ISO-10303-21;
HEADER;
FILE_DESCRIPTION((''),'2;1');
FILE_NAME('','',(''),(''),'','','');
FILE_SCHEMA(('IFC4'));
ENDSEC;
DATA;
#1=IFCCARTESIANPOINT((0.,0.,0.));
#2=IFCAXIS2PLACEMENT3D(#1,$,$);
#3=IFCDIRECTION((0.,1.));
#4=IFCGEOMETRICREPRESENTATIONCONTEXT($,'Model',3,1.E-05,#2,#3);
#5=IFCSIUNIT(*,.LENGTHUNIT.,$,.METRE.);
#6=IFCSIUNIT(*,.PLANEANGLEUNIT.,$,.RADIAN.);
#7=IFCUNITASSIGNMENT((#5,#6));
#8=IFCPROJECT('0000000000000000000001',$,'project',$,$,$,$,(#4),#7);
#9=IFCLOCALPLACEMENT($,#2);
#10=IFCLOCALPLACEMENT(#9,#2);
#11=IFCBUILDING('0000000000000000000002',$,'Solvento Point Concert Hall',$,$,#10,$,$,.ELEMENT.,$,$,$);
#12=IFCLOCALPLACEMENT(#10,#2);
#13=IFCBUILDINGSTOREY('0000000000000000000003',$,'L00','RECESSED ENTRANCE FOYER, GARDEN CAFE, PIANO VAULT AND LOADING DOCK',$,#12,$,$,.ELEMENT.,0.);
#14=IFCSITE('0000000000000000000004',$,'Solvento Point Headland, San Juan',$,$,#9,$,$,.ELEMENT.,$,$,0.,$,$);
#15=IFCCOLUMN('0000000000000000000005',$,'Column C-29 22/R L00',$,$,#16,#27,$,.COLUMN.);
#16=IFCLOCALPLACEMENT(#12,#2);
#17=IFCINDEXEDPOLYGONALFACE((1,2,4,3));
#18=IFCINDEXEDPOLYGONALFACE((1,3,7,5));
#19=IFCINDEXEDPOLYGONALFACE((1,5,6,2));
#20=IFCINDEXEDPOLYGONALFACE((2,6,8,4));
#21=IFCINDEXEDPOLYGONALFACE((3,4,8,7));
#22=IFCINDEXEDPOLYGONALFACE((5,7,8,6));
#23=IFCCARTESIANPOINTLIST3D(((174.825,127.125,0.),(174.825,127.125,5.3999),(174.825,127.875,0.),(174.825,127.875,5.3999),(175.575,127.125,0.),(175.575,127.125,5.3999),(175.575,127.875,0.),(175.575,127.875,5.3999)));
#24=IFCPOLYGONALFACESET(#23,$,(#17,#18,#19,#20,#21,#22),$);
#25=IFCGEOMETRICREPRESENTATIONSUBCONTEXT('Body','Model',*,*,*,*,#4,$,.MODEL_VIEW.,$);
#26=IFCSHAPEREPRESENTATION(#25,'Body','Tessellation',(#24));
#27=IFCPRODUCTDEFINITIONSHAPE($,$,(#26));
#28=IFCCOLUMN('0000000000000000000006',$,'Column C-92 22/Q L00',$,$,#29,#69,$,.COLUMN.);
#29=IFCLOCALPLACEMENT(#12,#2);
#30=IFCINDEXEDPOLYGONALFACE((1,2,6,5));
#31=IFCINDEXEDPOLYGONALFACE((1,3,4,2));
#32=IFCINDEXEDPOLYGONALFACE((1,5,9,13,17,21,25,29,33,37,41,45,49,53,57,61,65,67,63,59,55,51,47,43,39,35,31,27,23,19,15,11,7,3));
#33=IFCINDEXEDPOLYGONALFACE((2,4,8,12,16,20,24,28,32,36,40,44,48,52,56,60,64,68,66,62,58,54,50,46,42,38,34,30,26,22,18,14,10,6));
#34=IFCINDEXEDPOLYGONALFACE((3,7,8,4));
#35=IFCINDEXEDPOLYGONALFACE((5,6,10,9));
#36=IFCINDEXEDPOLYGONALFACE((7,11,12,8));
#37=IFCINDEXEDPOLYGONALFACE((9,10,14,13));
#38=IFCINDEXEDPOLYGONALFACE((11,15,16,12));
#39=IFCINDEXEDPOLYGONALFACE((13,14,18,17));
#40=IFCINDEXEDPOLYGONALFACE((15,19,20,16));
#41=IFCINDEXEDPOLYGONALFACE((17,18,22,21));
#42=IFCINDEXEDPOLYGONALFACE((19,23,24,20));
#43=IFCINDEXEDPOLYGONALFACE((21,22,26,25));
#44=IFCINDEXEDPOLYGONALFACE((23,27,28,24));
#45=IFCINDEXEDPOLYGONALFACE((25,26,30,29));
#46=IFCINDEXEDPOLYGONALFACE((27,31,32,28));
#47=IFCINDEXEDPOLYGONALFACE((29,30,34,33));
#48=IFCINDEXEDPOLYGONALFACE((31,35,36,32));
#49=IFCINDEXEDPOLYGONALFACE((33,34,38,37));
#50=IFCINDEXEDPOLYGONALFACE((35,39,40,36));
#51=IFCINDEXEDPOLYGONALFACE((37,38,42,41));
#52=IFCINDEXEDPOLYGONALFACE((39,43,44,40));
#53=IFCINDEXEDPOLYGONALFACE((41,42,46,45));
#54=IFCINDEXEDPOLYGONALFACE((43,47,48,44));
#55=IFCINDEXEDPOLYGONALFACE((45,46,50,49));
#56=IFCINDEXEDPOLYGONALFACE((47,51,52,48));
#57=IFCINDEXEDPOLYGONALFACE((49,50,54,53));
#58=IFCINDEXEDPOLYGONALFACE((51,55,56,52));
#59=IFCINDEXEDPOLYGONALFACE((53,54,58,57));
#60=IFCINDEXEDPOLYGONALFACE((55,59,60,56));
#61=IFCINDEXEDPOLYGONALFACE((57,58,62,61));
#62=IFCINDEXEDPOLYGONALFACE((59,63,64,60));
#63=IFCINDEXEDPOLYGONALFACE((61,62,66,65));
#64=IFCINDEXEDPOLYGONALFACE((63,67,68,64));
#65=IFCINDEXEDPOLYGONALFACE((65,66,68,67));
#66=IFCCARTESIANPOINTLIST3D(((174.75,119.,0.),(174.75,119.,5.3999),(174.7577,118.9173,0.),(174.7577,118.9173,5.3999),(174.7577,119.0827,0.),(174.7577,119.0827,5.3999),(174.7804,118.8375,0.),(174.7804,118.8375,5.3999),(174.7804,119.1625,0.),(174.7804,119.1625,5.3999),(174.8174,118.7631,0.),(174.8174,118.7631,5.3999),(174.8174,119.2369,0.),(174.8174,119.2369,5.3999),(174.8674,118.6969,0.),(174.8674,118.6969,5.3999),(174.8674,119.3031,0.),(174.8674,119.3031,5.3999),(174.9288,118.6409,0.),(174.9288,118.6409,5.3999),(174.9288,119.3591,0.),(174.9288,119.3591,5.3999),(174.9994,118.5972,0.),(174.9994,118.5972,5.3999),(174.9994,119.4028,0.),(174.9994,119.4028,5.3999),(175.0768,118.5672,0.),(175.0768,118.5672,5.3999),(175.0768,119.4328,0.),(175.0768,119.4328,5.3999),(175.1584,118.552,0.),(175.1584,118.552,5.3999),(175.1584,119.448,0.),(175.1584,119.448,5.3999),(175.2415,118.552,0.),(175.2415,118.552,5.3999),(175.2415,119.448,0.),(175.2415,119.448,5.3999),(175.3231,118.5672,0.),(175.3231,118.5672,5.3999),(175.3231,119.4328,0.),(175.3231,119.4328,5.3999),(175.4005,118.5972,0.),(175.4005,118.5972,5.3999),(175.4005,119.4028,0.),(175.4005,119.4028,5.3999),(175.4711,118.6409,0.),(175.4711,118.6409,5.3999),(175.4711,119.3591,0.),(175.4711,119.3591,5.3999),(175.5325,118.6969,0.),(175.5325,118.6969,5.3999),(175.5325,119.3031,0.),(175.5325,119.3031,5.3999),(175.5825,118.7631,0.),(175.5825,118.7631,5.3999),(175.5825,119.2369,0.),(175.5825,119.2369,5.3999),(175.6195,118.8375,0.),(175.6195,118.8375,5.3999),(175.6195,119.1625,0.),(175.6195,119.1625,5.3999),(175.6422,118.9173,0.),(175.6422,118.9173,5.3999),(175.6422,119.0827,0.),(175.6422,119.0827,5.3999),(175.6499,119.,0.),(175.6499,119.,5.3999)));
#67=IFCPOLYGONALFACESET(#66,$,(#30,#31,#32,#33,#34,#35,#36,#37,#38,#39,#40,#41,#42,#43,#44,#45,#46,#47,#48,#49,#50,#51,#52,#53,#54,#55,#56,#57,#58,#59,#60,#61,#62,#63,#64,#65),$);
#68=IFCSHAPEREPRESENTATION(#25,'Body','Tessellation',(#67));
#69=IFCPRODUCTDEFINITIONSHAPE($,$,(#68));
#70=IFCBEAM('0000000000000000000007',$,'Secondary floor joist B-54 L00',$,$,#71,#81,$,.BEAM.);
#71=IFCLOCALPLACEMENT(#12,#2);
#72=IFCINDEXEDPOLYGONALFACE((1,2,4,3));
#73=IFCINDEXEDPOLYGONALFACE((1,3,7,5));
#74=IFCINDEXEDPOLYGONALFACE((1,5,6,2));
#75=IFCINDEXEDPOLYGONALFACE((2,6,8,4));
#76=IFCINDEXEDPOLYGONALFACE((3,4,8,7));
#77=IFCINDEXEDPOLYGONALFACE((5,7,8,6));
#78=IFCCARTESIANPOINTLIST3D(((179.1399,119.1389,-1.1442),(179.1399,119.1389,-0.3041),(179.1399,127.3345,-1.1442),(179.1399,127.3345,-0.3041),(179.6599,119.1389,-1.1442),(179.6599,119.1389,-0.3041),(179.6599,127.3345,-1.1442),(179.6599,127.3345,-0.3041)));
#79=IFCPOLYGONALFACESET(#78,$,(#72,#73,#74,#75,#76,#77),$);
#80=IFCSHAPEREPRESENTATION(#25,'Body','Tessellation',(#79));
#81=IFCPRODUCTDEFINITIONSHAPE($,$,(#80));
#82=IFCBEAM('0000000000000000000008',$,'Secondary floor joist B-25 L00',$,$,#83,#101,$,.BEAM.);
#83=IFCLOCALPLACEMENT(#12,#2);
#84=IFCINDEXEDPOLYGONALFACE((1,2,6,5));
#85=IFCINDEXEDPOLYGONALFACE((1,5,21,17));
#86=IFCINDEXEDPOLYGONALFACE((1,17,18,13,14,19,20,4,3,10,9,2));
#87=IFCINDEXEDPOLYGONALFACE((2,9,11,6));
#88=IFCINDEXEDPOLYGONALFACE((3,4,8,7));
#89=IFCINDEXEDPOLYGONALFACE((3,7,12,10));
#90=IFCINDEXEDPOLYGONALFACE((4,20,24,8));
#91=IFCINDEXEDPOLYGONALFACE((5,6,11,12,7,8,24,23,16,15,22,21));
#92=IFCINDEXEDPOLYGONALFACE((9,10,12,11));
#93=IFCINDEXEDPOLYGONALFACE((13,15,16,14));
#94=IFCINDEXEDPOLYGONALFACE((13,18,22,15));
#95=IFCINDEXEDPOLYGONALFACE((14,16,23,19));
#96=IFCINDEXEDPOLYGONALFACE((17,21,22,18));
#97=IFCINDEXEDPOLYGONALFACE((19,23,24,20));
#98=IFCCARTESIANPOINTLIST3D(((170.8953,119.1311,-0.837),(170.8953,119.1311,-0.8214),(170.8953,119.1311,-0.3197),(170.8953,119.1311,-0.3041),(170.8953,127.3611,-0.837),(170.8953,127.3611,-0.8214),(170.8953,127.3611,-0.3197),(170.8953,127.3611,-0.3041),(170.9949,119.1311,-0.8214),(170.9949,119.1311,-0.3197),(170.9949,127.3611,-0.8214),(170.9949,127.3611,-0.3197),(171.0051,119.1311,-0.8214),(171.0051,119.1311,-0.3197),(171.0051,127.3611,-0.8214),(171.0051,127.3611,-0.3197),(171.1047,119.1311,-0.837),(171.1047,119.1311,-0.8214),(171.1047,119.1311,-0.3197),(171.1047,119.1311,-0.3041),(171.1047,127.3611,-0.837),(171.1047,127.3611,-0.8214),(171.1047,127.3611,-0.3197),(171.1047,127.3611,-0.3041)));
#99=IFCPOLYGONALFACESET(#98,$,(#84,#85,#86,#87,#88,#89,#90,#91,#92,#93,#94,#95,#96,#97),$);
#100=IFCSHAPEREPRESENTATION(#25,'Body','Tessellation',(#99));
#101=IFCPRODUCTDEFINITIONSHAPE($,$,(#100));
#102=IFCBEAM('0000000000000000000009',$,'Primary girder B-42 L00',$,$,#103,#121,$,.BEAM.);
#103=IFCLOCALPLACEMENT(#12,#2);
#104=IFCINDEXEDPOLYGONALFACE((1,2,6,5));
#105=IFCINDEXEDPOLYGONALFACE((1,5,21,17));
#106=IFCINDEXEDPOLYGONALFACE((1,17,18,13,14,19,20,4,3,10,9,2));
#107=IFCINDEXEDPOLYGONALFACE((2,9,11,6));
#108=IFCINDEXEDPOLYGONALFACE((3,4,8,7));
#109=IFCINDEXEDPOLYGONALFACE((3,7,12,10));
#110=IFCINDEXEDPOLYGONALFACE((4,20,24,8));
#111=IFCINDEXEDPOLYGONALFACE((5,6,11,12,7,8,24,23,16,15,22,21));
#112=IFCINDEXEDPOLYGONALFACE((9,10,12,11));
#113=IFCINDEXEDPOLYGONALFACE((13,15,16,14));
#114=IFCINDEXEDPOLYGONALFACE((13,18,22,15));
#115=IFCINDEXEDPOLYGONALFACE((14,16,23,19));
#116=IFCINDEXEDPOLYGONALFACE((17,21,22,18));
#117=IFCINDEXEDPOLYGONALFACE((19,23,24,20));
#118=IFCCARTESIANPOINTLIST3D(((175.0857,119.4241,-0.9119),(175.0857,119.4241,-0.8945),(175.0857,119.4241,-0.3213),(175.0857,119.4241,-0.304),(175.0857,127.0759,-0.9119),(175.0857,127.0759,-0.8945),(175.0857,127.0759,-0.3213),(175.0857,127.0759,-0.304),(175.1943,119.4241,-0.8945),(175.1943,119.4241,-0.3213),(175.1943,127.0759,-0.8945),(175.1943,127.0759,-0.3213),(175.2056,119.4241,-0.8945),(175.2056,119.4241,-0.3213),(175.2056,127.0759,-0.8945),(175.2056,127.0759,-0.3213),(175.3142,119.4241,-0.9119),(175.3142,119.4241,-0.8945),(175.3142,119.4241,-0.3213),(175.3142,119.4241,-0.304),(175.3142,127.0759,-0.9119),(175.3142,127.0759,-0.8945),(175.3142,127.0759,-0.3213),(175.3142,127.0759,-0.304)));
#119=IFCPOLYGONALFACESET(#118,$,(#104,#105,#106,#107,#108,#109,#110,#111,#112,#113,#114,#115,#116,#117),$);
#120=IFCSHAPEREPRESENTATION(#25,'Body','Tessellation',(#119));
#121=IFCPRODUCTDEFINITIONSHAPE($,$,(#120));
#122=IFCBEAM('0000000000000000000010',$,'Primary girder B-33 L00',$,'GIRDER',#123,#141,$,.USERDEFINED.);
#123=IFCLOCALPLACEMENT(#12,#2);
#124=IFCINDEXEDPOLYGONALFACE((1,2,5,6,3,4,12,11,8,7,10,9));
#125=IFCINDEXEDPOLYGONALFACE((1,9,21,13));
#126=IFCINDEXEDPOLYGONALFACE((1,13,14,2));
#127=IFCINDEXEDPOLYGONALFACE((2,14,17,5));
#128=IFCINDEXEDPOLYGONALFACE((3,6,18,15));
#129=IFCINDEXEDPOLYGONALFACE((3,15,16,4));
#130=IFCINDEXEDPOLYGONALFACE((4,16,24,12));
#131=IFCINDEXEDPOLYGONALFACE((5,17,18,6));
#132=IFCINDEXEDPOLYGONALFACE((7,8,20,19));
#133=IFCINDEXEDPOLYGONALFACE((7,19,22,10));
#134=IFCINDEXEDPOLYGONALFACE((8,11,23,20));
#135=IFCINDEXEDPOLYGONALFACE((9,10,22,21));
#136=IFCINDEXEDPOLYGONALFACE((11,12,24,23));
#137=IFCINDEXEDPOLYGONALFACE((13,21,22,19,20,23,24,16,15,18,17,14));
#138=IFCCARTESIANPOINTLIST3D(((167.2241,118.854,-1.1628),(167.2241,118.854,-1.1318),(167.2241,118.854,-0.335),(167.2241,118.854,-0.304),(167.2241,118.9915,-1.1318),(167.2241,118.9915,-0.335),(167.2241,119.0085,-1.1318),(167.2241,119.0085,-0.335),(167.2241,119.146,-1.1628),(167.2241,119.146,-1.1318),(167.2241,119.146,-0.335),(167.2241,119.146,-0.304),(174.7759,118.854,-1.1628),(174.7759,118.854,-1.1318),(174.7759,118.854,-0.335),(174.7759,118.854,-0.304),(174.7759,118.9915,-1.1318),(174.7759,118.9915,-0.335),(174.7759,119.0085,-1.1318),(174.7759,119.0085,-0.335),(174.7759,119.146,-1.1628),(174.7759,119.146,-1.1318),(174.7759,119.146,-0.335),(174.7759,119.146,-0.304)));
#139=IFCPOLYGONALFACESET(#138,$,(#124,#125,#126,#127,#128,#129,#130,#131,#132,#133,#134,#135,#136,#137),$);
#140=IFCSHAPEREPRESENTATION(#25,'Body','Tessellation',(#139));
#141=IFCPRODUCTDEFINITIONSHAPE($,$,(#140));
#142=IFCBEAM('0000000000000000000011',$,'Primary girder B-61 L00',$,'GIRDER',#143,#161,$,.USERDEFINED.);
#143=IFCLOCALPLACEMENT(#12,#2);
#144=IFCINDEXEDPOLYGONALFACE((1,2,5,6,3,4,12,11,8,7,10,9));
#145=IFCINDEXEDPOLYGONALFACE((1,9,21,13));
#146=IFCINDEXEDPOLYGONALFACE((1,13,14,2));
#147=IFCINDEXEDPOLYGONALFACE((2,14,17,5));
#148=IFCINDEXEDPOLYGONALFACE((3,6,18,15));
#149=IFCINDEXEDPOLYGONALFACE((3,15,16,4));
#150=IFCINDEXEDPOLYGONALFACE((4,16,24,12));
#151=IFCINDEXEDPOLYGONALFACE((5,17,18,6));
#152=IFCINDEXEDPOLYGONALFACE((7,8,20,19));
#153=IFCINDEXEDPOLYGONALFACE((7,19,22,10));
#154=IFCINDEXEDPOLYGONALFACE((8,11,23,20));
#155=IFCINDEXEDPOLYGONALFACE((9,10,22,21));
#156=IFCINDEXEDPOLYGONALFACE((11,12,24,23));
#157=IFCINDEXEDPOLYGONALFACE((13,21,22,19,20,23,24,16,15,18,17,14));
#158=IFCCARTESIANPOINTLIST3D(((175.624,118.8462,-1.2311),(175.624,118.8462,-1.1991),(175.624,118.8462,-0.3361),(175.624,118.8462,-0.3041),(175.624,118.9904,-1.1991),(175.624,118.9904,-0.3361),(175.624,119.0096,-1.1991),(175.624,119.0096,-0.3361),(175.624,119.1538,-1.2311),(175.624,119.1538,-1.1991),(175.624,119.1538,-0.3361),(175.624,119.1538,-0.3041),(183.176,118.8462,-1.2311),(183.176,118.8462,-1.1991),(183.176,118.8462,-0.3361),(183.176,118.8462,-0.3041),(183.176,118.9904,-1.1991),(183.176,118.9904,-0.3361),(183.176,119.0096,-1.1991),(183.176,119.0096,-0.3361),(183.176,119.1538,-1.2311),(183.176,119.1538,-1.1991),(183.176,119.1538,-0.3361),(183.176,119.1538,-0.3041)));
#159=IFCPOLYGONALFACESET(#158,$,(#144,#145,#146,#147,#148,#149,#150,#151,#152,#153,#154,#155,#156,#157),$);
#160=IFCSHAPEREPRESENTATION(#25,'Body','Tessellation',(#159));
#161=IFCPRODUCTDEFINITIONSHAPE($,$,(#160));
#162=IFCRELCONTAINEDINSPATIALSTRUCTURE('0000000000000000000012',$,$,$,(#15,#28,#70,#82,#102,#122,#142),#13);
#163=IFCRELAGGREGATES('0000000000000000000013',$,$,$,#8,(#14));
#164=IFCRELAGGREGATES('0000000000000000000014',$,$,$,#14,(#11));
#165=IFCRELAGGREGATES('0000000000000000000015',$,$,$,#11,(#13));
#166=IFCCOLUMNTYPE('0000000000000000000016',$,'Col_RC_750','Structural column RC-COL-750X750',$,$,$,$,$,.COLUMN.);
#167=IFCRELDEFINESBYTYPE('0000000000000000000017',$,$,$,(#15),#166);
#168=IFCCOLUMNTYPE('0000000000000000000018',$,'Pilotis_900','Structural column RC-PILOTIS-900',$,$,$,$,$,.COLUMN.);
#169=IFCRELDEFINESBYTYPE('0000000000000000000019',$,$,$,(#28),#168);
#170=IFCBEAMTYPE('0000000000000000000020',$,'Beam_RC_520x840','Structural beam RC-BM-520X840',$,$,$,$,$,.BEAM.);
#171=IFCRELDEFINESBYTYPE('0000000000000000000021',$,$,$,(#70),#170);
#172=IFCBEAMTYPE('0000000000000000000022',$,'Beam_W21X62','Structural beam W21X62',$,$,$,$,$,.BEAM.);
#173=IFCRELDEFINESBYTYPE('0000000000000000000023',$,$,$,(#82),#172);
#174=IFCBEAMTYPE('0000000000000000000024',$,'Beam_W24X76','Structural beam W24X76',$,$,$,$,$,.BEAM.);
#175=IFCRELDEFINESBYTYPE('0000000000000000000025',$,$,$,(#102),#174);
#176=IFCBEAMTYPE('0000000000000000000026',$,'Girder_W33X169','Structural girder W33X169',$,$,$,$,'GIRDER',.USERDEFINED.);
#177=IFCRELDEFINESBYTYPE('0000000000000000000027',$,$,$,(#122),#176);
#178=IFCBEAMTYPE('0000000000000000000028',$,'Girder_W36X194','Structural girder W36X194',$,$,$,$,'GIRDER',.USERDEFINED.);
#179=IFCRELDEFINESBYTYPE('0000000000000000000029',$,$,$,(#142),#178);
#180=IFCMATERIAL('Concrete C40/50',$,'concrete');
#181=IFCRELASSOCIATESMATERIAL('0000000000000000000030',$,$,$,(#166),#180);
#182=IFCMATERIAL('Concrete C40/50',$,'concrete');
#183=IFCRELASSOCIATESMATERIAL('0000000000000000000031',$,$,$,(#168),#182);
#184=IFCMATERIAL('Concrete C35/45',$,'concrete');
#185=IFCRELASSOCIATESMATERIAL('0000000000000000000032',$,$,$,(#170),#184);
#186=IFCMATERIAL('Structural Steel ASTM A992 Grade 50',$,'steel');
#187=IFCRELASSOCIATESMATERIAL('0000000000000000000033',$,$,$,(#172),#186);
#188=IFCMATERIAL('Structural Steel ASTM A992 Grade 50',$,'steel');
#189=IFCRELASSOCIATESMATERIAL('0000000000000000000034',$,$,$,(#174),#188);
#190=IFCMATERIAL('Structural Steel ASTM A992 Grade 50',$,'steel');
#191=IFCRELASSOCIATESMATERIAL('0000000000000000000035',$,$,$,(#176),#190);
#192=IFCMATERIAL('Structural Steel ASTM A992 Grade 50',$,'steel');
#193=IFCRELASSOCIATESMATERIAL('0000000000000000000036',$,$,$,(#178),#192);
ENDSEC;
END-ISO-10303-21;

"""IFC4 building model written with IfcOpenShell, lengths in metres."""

from ifc_helpers import new_model, si_unit, direction, frame, origin, origin_2d, place, context, subcontext, project, spatial, rectangle, circle, i_section, extrude, material, material_profile, profile_set, type_object, element, save


model = new_model("IFC4")

# Units and contexts
model_context = context("Model", 3, precision=1e-05, world=origin(), true_north=direction((0.0, 1.0)))
body_context = subcontext(model_context, "Body", "Model", "MODEL_VIEW")
ifc_project = project(units=[si_unit("LENGTHUNIT", "METRE"), si_unit("PLANEANGLEUNIT", "RADIAN")], contexts=[model_context])

# Site, building, storey
site_placement = place(None, origin())
site = spatial("IfcSite", under=ifc_project, at=site_placement, Name="Solvento Point Headland, San Juan", CompositionType="ELEMENT", RefElevation=0.0)
building_placement = place(site_placement, origin())
building = spatial("IfcBuilding", under=site, at=building_placement, Name="Solvento Point Concert Hall", CompositionType="ELEMENT")
storey_placement = place(building_placement, origin())
storey = spatial("IfcBuildingStorey", under=building, at=storey_placement, Name="L00", Description="RECESSED ENTRANCE FOYER, GARDEN CAFE, PIANO VAULT AND LOADING DOCK", CompositionType="ELEMENT", Elevation=0.0)

# Columns
ifc_material_1 = material(Name="Concrete C40/50", Category="concrete")
ifc_material_profile_1 = material_profile(ifc_material_1, rectangle(XDim=0.75, YDim=0.75, at=origin_2d()), Name="RC-COL-750X750")
ifc_profile_set_1 = profile_set([ifc_material_profile_1], Name="Concrete C40/50")
column_type_1 = type_object("IfcColumnType", Name="Col_RC_750", Description="Structural column RC-COL-750X750", PredefinedType="COLUMN", material=ifc_profile_set_1)
column_1_placement = place(storey_placement, frame((175.2, 127.5, 0.0), z_axis=(0.0, 0.0, 1.0), x_axis=(1.0, 0.0, 0.0)))
element("IfcColumn", 1, at=column_1_placement, inside=storey, type_object=column_type_1, Name="Column C-29 22/R L00", PredefinedType="COLUMN", context=body_context, shape_type="SweptSolid", body=[
    extrude(rectangle(XDim=0.75, YDim=0.75, at=origin_2d()), origin(), (0.0, 0.0, 1.0), 5.3999),
])
ifc_material_2 = material(Name="Concrete C40/50", Category="concrete")
ifc_material_profile_2 = material_profile(ifc_material_2, circle(Radius=0.45, at=origin_2d()), Name="RC-PILOTIS-900")
ifc_profile_set_2 = profile_set([ifc_material_profile_2], Name="Concrete C40/50")
column_type_2 = type_object("IfcColumnType", Name="Pilotis_900", Description="Structural column RC-PILOTIS-900", PredefinedType="COLUMN", material=ifc_profile_set_2)
column_2_placement = place(storey_placement, frame((175.2, 119.0, 0.0), z_axis=(0.0, 0.0, 1.0), x_axis=(1.0, 0.0, 0.0)))
element("IfcColumn", 2, at=column_2_placement, inside=storey, type_object=column_type_2, Name="Column C-92 22/Q L00", PredefinedType="COLUMN", context=body_context, shape_type="SweptSolid", body=[
    extrude(circle(Radius=0.45, at=origin_2d()), origin(), (0.0, 0.0, 1.0), 5.3999),
])

# Beams
ifc_material_3 = material(Name="Concrete C35/45", Category="concrete")
ifc_material_profile_3 = material_profile(ifc_material_3, rectangle(XDim=0.52, YDim=0.8401, at=origin_2d()), Name="RC-BM-520X840")
ifc_profile_set_3 = profile_set([ifc_material_profile_3], Name="Concrete C35/45")
beam_type_1 = type_object("IfcBeamType", Name="Beam_RC_520x840", Description="Structural beam RC-BM-520X840", PredefinedType="BEAM", material=ifc_profile_set_3)
beam_1_placement = place(storey_placement, frame((179.3999, 119.1389, -0.7241), z_axis=(0.0, 1.0, 0.0), x_axis=(-1.0, 0.0, 0.0)))
element("IfcBeam", 3, at=beam_1_placement, inside=storey, type_object=beam_type_1, Name="Secondary floor joist B-54 L00", PredefinedType="BEAM", context=body_context, shape_type="SweptSolid", body=[
    extrude(rectangle(XDim=0.52, YDim=0.8401, at=origin_2d()), origin(), (0.0, 0.0, 1.0), 8.1956),
])
ifc_material_4 = material(Name="Structural Steel ASTM A992 Grade 50", Category="steel")
ifc_material_profile_4 = material_profile(ifc_material_4, i_section(OverallWidth=0.2095, OverallDepth=0.533, WebThickness=0.0103, FlangeThickness=0.0156, at=origin_2d()), Name="W21X62")
ifc_profile_set_4 = profile_set([ifc_material_profile_4], Name="Structural Steel ASTM A992 Grade 50")
beam_type_2 = type_object("IfcBeamType", Name="Beam_W21X62", Description="Structural beam W21X62", PredefinedType="BEAM", material=ifc_profile_set_4)
beam_2_placement = place(storey_placement, frame((171.0, 119.1311, -0.5706), z_axis=(0.0, 1.0, 0.0), x_axis=(-1.0, 0.0, 0.0)))
element("IfcBeam", 4, at=beam_2_placement, inside=storey, type_object=beam_type_2, Name="Secondary floor joist B-25 L00", PredefinedType="BEAM", context=body_context, shape_type="SweptSolid", body=[
    extrude(i_section(OverallWidth=0.2095, OverallDepth=0.533, WebThickness=0.0103, FlangeThickness=0.0156, at=origin_2d()), origin(), (0.0, 0.0, 1.0), 8.23),
])
ifc_material_5 = material(Name="Structural Steel ASTM A992 Grade 50", Category="steel")
ifc_material_profile_5 = material_profile(ifc_material_5, i_section(OverallWidth=0.2285, OverallDepth=0.6079, WebThickness=0.0112, FlangeThickness=0.0173, at=origin_2d()), Name="W24X76")
ifc_profile_set_5 = profile_set([ifc_material_profile_5], Name="Structural Steel ASTM A992 Grade 50")
beam_type_3 = type_object("IfcBeamType", Name="Beam_W24X76", Description="Structural beam W24X76", PredefinedType="BEAM", material=ifc_profile_set_5)
beam_3_placement = place(storey_placement, frame((175.2, 119.4241, -0.6079), z_axis=(0.0, 1.0, 0.0), x_axis=(-1.0, 0.0, 0.0)))
element("IfcBeam", 5, at=beam_3_placement, inside=storey, type_object=beam_type_3, Name="Primary girder B-42 L00", PredefinedType="BEAM", context=body_context, shape_type="SweptSolid", body=[
    extrude(i_section(OverallWidth=0.2285, OverallDepth=0.6079, WebThickness=0.0112, FlangeThickness=0.0173, at=origin_2d()), origin(), (0.0, 0.0, 1.0), 7.6519),
])
ifc_material_6 = material(Name="Structural Steel ASTM A992 Grade 50", Category="steel")
ifc_material_profile_6 = material_profile(ifc_material_6, i_section(OverallWidth=0.292, OverallDepth=0.8589, WebThickness=0.0171, FlangeThickness=0.031, at=origin_2d()), Name="W33X169")
ifc_profile_set_6 = profile_set([ifc_material_profile_6], Name="Structural Steel ASTM A992 Grade 50")
beam_type_4 = type_object("IfcBeamType", Name="Girder_W33X169", Description="Structural girder W33X169", ElementType="GIRDER", PredefinedType="USERDEFINED", material=ifc_profile_set_6)
beam_4_placement = place(storey_placement, frame((167.2241, 119.0, -0.7334), z_axis=(1.0, 0.0, 0.0), x_axis=(0.0, 1.0, 0.0)))
element("IfcBeam", 6, at=beam_4_placement, inside=storey, type_object=beam_type_4, Name="Primary girder B-33 L00", ObjectType="GIRDER", PredefinedType="USERDEFINED", context=body_context, shape_type="SweptSolid", body=[
    extrude(i_section(OverallWidth=0.292, OverallDepth=0.8589, WebThickness=0.0171, FlangeThickness=0.031, at=origin_2d()), origin(), (0.0, 0.0, 1.0), 7.5518),
])
ifc_material_7 = material(Name="Structural Steel ASTM A992 Grade 50", Category="steel")
ifc_material_profile_7 = material_profile(ifc_material_7, i_section(OverallWidth=0.3076, OverallDepth=0.927, WebThickness=0.0193, FlangeThickness=0.032, at=origin_2d()), Name="W36X194")
ifc_profile_set_7 = profile_set([ifc_material_profile_7], Name="Structural Steel ASTM A992 Grade 50")
beam_type_5 = type_object("IfcBeamType", Name="Girder_W36X194", Description="Structural girder W36X194", ElementType="GIRDER", PredefinedType="USERDEFINED", material=ifc_profile_set_7)
beam_5_placement = place(storey_placement, frame((175.624, 119.0, -0.7676), z_axis=(1.0, 0.0, 0.0), x_axis=(0.0, 1.0, 0.0)))
element("IfcBeam", 7, at=beam_5_placement, inside=storey, type_object=beam_type_5, Name="Primary girder B-61 L00", ObjectType="GIRDER", PredefinedType="USERDEFINED", context=body_context, shape_type="SweptSolid", body=[
    extrude(i_section(OverallWidth=0.3076, OverallDepth=0.927, WebThickness=0.0193, FlangeThickness=0.032, at=origin_2d()), origin(), (0.0, 0.0, 1.0), 7.552),
])

save(model, "model.ifc")
